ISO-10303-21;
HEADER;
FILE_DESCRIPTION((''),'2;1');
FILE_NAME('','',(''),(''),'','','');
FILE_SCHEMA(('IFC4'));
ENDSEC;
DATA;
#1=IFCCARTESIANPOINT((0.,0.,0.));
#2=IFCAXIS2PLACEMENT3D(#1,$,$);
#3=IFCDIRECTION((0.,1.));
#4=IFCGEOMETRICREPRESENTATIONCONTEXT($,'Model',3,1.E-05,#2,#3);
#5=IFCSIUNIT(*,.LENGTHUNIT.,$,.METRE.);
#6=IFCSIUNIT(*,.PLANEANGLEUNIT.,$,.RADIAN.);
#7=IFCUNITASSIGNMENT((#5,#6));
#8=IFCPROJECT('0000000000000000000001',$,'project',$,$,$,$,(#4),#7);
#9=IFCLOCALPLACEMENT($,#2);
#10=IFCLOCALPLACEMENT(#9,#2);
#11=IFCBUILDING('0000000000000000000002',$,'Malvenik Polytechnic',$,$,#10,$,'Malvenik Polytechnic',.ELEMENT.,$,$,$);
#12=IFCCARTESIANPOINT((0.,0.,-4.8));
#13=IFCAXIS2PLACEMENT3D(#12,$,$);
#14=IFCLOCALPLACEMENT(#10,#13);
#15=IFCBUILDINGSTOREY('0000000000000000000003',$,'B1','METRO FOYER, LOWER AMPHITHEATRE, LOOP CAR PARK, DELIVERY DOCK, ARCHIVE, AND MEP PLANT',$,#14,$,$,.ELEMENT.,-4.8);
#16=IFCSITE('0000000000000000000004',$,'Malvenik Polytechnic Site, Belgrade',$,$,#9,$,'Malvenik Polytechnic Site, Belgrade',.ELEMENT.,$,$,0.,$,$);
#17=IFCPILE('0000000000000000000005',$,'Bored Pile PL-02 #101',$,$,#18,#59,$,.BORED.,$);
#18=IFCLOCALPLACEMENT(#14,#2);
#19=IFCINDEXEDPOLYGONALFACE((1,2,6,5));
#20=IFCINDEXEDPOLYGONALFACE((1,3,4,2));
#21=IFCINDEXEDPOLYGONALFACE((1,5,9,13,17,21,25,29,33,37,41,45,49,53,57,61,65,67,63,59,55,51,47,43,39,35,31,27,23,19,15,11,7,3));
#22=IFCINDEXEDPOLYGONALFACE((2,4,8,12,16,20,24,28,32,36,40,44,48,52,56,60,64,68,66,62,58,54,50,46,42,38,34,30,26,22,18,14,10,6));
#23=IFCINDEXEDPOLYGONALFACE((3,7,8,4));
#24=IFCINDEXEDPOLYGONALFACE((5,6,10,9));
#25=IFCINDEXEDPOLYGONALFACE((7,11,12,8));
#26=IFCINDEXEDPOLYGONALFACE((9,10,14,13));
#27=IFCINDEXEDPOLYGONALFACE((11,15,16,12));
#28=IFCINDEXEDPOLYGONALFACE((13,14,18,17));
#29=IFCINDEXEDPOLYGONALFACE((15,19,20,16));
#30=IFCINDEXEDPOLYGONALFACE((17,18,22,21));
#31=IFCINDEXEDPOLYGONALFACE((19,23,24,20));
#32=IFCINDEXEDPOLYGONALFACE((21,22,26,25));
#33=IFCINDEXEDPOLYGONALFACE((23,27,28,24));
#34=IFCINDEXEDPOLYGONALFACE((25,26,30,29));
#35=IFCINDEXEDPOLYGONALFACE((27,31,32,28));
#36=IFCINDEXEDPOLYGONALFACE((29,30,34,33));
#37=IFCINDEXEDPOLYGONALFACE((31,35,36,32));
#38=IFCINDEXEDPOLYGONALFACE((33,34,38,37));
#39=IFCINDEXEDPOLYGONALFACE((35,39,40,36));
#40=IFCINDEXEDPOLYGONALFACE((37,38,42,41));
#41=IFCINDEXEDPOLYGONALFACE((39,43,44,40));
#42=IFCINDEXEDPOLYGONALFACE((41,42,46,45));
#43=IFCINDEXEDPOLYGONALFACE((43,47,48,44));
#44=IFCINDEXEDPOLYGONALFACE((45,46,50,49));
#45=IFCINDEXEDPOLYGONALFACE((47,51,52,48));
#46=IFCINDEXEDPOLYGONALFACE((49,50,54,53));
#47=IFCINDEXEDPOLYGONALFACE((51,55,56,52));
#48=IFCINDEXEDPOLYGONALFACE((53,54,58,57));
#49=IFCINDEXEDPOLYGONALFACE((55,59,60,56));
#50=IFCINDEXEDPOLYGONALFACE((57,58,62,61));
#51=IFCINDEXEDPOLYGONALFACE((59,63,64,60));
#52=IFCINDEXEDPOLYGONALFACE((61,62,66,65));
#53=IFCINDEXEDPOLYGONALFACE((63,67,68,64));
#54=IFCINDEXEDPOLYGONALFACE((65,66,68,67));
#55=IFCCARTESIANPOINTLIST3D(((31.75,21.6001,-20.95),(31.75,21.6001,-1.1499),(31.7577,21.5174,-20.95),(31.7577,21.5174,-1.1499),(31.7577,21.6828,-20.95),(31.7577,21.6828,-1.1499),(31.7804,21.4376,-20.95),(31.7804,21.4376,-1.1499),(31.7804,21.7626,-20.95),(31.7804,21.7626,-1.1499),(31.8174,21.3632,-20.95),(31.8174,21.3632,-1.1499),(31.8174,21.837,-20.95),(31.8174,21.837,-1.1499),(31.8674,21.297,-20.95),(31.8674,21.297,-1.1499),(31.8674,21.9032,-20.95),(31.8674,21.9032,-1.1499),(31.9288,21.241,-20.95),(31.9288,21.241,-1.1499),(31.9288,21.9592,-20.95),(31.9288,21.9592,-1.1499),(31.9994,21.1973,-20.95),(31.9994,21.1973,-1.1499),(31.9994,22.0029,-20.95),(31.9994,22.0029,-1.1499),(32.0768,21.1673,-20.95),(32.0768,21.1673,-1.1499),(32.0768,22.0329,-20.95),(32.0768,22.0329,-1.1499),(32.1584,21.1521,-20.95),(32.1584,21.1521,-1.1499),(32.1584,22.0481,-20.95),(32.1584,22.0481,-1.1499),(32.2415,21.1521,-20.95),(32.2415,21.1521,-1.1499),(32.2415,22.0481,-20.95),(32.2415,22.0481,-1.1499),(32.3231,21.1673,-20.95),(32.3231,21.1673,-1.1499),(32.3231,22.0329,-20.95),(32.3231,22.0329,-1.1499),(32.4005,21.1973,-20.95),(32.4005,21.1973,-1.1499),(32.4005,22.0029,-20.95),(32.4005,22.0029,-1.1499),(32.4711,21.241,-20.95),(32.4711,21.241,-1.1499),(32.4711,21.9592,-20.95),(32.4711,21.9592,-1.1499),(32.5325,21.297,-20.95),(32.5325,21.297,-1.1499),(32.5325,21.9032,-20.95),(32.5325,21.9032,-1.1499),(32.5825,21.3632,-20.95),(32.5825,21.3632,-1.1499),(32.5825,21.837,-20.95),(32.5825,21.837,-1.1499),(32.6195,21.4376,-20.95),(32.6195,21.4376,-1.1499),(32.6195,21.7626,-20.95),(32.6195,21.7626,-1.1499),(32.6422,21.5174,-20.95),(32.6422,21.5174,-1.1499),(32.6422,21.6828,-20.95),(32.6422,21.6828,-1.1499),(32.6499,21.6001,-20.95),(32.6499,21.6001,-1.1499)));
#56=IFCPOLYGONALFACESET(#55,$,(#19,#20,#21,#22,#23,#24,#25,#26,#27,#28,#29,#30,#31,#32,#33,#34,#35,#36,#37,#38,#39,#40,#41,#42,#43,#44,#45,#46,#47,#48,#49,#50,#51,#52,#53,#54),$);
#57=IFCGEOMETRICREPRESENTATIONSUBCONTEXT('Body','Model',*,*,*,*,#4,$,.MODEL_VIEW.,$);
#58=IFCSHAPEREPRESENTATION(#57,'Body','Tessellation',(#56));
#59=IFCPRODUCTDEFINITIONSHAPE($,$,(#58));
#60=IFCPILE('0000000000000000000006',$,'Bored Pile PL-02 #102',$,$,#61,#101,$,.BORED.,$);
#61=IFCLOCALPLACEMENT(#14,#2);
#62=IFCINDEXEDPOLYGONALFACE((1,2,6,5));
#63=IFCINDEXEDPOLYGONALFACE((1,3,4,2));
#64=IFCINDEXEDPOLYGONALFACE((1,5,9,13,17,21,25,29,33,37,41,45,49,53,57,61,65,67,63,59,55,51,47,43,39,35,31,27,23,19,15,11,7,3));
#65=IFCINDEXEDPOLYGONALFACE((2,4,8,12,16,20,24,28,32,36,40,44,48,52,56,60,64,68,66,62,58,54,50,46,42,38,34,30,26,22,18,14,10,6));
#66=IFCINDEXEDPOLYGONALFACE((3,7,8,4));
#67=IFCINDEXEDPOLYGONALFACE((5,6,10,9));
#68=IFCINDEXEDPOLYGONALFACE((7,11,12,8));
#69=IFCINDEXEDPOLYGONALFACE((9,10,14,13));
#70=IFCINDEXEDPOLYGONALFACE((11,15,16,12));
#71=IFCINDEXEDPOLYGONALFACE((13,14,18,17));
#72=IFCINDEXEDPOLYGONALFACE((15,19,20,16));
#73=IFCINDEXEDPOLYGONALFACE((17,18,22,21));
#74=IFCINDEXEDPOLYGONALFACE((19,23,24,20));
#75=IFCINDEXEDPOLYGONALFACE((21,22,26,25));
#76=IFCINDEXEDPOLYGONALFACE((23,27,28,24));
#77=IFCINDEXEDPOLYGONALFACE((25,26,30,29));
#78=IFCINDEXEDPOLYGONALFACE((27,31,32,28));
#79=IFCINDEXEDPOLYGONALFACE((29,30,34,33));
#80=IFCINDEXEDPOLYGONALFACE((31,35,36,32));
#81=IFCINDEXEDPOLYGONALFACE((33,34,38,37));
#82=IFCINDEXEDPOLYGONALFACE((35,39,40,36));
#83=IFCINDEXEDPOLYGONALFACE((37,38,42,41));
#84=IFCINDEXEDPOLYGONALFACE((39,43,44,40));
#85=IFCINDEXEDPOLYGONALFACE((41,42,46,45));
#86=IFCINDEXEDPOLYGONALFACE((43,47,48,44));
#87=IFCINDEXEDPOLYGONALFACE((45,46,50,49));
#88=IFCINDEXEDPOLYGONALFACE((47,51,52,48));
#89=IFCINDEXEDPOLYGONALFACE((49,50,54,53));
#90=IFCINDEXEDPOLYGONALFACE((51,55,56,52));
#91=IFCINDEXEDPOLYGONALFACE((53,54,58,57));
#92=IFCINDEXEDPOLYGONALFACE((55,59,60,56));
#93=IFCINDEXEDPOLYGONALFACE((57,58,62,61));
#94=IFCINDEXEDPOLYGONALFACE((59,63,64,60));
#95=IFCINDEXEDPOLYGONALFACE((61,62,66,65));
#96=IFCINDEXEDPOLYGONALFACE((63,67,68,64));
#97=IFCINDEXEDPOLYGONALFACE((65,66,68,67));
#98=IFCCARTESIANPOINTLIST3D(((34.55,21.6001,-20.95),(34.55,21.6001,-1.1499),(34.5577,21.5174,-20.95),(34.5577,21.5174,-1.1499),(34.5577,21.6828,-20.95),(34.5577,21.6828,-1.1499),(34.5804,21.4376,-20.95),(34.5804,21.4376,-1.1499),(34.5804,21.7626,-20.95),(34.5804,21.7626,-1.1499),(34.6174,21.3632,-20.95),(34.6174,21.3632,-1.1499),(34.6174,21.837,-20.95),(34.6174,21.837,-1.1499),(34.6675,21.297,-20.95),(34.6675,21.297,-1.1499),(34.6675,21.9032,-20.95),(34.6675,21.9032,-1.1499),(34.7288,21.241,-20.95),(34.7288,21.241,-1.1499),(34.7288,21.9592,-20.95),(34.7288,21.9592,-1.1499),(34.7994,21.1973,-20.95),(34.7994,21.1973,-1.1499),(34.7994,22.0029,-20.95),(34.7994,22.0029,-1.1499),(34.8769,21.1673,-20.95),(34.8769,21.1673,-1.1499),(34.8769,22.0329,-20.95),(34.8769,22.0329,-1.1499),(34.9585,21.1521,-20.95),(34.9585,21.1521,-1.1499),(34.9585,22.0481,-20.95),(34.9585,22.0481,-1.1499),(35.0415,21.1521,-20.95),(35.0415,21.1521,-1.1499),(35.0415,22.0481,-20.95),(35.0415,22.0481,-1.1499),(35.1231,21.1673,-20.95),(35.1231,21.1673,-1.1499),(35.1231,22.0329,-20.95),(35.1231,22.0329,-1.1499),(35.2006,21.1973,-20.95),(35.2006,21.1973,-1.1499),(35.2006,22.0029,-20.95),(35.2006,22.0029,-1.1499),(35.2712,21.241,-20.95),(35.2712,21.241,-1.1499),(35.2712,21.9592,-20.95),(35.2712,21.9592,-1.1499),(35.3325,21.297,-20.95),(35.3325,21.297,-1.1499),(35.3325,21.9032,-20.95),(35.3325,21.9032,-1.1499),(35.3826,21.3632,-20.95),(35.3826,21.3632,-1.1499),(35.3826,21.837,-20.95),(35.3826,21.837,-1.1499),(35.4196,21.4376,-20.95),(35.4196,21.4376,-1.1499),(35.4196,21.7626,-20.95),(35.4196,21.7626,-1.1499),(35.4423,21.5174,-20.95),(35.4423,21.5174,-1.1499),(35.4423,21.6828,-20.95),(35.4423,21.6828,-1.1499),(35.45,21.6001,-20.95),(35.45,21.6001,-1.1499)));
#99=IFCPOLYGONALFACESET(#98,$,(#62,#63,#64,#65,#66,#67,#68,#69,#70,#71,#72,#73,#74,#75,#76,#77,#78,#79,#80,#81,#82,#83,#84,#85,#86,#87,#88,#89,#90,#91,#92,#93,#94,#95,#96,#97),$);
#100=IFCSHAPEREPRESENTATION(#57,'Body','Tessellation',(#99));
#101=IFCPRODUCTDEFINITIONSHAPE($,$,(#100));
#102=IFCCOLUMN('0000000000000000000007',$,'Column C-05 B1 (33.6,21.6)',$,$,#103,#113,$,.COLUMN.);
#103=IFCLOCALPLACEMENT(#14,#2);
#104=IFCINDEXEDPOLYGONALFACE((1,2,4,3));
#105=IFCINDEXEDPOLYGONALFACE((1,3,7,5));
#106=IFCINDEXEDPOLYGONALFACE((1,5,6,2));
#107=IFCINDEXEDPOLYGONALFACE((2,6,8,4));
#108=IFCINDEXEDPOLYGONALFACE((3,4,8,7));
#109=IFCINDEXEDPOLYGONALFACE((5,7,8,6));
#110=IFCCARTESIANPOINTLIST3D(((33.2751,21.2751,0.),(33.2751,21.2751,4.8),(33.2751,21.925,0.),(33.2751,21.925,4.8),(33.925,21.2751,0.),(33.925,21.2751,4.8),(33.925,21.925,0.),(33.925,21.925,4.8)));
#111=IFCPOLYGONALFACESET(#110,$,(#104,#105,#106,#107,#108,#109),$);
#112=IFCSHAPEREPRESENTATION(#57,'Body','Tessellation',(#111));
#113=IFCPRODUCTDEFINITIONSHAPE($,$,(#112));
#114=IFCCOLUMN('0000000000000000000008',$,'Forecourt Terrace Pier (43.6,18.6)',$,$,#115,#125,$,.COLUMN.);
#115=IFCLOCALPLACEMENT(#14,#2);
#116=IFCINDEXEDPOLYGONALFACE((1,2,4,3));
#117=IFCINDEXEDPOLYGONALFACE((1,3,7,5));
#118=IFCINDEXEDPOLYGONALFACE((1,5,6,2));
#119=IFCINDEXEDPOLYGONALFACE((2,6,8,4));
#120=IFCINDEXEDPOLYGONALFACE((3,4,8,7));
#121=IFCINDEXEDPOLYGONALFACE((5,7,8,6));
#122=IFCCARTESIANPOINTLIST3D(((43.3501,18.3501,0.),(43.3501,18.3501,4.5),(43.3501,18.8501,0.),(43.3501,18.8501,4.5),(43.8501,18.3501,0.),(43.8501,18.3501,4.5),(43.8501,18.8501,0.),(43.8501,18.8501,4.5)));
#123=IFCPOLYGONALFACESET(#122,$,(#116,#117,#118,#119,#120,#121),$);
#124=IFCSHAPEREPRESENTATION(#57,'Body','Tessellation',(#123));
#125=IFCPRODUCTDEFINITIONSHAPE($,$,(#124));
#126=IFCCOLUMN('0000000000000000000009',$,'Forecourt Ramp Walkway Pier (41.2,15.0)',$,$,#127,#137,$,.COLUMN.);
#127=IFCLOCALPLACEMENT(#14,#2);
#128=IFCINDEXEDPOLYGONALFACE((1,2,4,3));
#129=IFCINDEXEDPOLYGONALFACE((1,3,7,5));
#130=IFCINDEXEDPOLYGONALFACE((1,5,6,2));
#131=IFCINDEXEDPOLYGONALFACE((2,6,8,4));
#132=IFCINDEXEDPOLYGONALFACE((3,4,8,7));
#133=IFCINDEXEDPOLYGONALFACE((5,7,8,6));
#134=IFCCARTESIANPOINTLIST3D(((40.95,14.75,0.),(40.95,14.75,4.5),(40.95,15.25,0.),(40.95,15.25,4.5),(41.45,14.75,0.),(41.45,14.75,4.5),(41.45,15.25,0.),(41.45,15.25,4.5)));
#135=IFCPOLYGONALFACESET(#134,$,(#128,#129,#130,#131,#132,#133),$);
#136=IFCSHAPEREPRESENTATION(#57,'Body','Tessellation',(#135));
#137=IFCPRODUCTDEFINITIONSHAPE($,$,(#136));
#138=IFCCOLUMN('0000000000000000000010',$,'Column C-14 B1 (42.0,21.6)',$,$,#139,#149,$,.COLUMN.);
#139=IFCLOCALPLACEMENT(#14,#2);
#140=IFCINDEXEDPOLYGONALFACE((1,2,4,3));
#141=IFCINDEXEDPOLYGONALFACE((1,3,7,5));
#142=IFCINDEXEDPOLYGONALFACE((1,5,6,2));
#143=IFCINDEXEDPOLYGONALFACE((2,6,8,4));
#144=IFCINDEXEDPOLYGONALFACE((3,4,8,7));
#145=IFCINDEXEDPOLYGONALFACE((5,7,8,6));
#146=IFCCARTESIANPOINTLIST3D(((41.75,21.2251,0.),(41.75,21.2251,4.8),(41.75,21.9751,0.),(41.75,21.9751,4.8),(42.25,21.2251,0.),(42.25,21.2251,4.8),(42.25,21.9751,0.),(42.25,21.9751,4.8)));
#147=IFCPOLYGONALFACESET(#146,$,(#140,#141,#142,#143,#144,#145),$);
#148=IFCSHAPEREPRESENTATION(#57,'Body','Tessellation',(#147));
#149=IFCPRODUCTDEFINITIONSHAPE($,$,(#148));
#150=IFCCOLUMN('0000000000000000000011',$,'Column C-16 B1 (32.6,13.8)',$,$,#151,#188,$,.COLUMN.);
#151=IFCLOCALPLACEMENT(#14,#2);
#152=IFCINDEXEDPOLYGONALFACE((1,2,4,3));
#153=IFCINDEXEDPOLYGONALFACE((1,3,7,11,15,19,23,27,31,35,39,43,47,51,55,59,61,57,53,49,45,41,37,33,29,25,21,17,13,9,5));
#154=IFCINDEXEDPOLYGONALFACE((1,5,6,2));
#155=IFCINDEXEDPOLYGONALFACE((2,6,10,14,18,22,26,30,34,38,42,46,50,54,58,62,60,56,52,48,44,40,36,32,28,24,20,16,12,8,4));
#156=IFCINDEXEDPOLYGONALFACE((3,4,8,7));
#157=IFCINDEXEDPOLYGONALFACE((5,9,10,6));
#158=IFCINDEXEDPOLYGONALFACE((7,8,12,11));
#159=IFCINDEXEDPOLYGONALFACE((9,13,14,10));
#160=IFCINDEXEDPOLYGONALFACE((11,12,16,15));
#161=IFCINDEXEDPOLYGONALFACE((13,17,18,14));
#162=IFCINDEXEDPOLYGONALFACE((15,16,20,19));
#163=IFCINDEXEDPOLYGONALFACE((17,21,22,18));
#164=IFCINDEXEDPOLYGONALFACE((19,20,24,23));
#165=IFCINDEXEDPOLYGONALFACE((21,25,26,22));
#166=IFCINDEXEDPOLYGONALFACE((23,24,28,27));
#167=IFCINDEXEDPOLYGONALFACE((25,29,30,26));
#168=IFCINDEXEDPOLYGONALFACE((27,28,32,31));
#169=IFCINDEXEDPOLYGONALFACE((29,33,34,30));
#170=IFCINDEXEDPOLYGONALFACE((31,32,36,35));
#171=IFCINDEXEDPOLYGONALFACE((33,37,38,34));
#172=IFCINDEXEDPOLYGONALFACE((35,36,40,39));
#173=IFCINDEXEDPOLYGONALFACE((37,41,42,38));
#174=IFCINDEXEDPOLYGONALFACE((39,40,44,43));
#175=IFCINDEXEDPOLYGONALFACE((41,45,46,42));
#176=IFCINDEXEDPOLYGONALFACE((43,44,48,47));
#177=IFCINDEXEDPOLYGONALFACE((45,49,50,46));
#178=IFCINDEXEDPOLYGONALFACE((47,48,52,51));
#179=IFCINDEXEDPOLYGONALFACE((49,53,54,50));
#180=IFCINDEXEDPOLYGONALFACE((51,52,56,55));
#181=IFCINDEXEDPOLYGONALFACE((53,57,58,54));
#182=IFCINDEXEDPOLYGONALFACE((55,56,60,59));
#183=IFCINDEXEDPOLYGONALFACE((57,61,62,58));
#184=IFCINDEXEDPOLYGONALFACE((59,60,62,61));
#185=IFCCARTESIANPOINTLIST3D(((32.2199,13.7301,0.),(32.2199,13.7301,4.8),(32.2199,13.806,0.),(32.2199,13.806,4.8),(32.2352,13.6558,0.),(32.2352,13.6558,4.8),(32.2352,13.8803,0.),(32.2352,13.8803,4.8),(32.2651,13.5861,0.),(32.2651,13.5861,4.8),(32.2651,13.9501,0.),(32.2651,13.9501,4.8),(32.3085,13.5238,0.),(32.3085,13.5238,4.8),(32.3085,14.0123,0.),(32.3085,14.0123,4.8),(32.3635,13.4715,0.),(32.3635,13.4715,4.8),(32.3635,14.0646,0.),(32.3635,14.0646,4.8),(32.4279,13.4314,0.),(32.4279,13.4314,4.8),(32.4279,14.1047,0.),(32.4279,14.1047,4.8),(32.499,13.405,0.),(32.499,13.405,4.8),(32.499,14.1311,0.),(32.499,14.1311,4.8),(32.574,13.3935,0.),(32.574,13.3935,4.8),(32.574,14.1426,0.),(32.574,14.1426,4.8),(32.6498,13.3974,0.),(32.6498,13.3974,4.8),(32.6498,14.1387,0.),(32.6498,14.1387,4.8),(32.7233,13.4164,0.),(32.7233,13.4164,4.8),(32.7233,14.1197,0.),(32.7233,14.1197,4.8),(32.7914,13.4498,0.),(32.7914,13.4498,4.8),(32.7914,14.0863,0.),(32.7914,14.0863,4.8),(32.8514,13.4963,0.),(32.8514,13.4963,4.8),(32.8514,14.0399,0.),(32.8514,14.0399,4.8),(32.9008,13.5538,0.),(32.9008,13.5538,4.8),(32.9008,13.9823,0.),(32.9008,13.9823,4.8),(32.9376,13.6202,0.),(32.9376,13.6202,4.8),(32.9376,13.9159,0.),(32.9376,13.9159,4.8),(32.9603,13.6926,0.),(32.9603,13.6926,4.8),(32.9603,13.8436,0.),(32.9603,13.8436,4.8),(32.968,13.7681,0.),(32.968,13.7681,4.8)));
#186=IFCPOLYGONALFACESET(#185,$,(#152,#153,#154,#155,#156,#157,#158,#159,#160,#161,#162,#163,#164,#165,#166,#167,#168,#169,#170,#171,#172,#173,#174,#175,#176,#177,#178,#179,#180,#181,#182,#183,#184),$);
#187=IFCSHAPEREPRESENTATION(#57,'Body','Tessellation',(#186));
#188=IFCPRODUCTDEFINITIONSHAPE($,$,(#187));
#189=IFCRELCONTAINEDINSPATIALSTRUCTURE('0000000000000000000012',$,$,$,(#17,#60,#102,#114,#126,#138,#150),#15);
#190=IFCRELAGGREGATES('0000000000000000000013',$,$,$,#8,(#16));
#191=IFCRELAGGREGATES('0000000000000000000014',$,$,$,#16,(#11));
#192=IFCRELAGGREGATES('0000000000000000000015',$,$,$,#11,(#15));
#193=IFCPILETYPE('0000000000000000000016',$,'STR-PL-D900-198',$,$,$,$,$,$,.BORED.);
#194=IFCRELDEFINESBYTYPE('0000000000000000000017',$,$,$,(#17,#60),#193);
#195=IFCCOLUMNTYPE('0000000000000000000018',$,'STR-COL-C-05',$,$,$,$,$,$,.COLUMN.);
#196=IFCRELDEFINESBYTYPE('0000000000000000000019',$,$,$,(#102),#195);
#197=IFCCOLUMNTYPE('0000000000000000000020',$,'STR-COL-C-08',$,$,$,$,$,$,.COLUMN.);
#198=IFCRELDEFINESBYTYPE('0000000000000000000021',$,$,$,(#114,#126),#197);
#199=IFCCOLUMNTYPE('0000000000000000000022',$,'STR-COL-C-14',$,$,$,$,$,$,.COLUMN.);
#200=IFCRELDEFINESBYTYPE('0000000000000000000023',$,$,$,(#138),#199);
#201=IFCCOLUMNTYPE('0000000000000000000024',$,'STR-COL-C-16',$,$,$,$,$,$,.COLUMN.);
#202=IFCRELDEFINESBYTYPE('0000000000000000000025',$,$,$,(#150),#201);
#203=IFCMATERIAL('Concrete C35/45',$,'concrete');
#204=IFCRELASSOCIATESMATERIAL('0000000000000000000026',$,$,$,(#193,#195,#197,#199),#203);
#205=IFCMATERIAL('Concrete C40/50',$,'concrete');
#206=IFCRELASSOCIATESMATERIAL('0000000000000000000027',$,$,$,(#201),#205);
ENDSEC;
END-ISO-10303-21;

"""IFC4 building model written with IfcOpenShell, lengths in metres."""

from ifc_helpers import new_model, si_unit, direction, frame, origin, origin_2d, place, context, subcontext, project, spatial, rectangle, circle, extrude, material, material_profile, profile_set, type_object, element, save


model = new_model("IFC4")

# Units and contexts
model_context = context("Model", 3, precision=1e-05, world=origin(), true_north=direction((0.0, 1.0)))
body_context = subcontext(model_context, "Body", "Model", "MODEL_VIEW")
ifc_project = project(units=[si_unit("LENGTHUNIT", "METRE"), si_unit("PLANEANGLEUNIT", "RADIAN")], contexts=[model_context])

# Site, building, storey
site_placement = place(None, origin())
site = spatial("IfcSite", under=ifc_project, at=site_placement, Name="Malvenik Polytechnic Site, Belgrade", LongName="Malvenik Polytechnic Site, Belgrade", CompositionType="ELEMENT", RefElevation=0.0)
building_placement = place(site_placement, origin())
building = spatial("IfcBuilding", under=site, at=building_placement, Name="Malvenik Polytechnic", LongName="Malvenik Polytechnic", CompositionType="ELEMENT")
storey_placement = place(building_placement, frame((0.0, 0.0, -4.8)))
storey = spatial("IfcBuildingStorey", under=building, at=storey_placement, Name="B1", Description="METRO FOYER, LOWER AMPHITHEATRE, LOOP CAR PARK, DELIVERY DOCK, ARCHIVE, AND MEP PLANT", CompositionType="ELEMENT", Elevation=-4.8)

# Shared definitions
ifc_material_1 = material(Name="Concrete C35/45", Category="concrete")

# Piles
ifc_material_profile_1 = material_profile(ifc_material_1, circle(Radius=0.45, at=origin_2d()), Name="BORED PILE D900")
ifc_profile_set_1 = profile_set([ifc_material_profile_1], Name="Concrete C35/45")
pile_type_1 = type_object("IfcPileType", Name="STR-PL-D900-198", PredefinedType="BORED", material=ifc_profile_set_1)
for number, where, z_axis, x_axis, name in (
    (1, (32.2, 21.6001, -1.1499), (0.0, 0.0, -1.0), (1.0, 0.0, 0.0), "Bored Pile PL-02 #101"),
    (2, (35.0, 21.6001, -1.1499), (0.0, 0.0, -1.0), (1.0, 0.0, 0.0), "Bored Pile PL-02 #102"),
):
    element("IfcPile", number, at=place(storey_placement, frame(where, z_axis=z_axis, x_axis=x_axis)), inside=storey, type_object=pile_type_1, Name=name, PredefinedType="BORED", context=body_context, shape_type="SweptSolid", body=[
        extrude(circle(Radius=0.45, at=origin_2d()), origin(), (0.0, 0.0, 1.0), 19.8),
    ])

# Columns
ifc_material_profile_2 = material_profile(ifc_material_1, rectangle(XDim=0.6499, YDim=0.6499, at=origin_2d()), Name="RC COL 650x650")
ifc_profile_set_2 = profile_set([ifc_material_profile_2], Name="Concrete C35/45")
column_type_1 = type_object("IfcColumnType", Name="STR-COL-C-05", PredefinedType="COLUMN", material=ifc_profile_set_2)
column_1_placement = place(storey_placement, frame((33.6001, 21.6001, 0.0), z_axis=(0.0, 0.0, 1.0), x_axis=(1.0, 0.0, 0.0)))
element("IfcColumn", 3, at=column_1_placement, inside=storey, type_object=column_type_1, Name="Column C-05 B1 (33.6,21.6)", PredefinedType="COLUMN", context=body_context, shape_type="SweptSolid", body=[
    extrude(rectangle(XDim=0.6499, YDim=0.6499, at=origin_2d()), origin(), (0.0, 0.0, 1.0), 4.8),
])
ifc_material_profile_3 = material_profile(ifc_material_1, rectangle(XDim=0.5, YDim=0.5, at=origin_2d()), Name="RC COL 500x500")
ifc_profile_set_3 = profile_set([ifc_material_profile_3], Name="Concrete C35/45")
column_type_2 = type_object("IfcColumnType", Name="STR-COL-C-08", PredefinedType="COLUMN", material=ifc_profile_set_3)
for number, where, z_axis, x_axis, name in (
    (4, (43.6001, 18.6001, 0.0), (0.0, 0.0, 1.0), (1.0, 0.0, 0.0), "Forecourt Terrace Pier (43.6,18.6)"),
    (5, (41.2, 15.0, 0.0), (0.0, 0.0, 1.0), (1.0, 0.0, 0.0), "Forecourt Ramp Walkway Pier (41.2,15.0)"),
):
    element("IfcColumn", number, at=place(storey_placement, frame(where, z_axis=z_axis, x_axis=x_axis)), inside=storey, type_object=column_type_2, Name=name, PredefinedType="COLUMN", context=body_context, shape_type="SweptSolid", body=[
        extrude(rectangle(XDim=0.5, YDim=0.5, at=origin_2d()), origin(), (0.0, 0.0, 1.0), 4.5),
    ])
ifc_material_profile_4 = material_profile(ifc_material_1, rectangle(XDim=0.5, YDim=0.75, at=origin_2d()), Name="RC COL 750x500")
ifc_profile_set_4 = profile_set([ifc_material_profile_4], Name="Concrete C35/45")
column_type_3 = type_object("IfcColumnType", Name="STR-COL-C-14", PredefinedType="COLUMN", material=ifc_profile_set_4)
column_2_placement = place(storey_placement, frame((42.0, 21.6001, 0.0), z_axis=(0.0, 0.0, 1.0), x_axis=(1.0, 0.0, 0.0)))
element("IfcColumn", 6, at=column_2_placement, inside=storey, type_object=column_type_3, Name="Column C-14 B1 (42.0,21.6)", PredefinedType="COLUMN", context=body_context, shape_type="SweptSolid", body=[
    extrude(rectangle(XDim=0.5, YDim=0.75, at=origin_2d()), origin(), (0.0, 0.0, 1.0), 4.8),
])
ifc_material_2 = material(Name="Concrete C40/50", Category="concrete")
ifc_material_profile_5 = material_profile(ifc_material_2, circle(Radius=0.375, at=origin_2d()), Name="RC COL D750")
ifc_profile_set_5 = profile_set([ifc_material_profile_5], Name="Concrete C40/50")
column_type_4 = type_object("IfcColumnType", Name="STR-COL-C-16", PredefinedType="COLUMN", material=ifc_profile_set_5)
for number, where, z_axis, x_axis, name in (
    (7, (32.593, 13.7681, 0.0), (0.0, 0.0, 1.0), (1.0, 0.0, 0.0), "Column C-16 B1 (32.6,13.8)"),
):
    element("IfcColumn", number, at=place(storey_placement, frame(where, z_axis=z_axis, x_axis=x_axis)), inside=storey, type_object=column_type_4, Name=name, PredefinedType="COLUMN", context=body_context, shape_type="SweptSolid", body=[
        extrude(circle(Radius=0.375, at=origin_2d()), origin(), (0.0, 0.0, 1.0), 4.8),
    ])

save(model, "model.ifc")
